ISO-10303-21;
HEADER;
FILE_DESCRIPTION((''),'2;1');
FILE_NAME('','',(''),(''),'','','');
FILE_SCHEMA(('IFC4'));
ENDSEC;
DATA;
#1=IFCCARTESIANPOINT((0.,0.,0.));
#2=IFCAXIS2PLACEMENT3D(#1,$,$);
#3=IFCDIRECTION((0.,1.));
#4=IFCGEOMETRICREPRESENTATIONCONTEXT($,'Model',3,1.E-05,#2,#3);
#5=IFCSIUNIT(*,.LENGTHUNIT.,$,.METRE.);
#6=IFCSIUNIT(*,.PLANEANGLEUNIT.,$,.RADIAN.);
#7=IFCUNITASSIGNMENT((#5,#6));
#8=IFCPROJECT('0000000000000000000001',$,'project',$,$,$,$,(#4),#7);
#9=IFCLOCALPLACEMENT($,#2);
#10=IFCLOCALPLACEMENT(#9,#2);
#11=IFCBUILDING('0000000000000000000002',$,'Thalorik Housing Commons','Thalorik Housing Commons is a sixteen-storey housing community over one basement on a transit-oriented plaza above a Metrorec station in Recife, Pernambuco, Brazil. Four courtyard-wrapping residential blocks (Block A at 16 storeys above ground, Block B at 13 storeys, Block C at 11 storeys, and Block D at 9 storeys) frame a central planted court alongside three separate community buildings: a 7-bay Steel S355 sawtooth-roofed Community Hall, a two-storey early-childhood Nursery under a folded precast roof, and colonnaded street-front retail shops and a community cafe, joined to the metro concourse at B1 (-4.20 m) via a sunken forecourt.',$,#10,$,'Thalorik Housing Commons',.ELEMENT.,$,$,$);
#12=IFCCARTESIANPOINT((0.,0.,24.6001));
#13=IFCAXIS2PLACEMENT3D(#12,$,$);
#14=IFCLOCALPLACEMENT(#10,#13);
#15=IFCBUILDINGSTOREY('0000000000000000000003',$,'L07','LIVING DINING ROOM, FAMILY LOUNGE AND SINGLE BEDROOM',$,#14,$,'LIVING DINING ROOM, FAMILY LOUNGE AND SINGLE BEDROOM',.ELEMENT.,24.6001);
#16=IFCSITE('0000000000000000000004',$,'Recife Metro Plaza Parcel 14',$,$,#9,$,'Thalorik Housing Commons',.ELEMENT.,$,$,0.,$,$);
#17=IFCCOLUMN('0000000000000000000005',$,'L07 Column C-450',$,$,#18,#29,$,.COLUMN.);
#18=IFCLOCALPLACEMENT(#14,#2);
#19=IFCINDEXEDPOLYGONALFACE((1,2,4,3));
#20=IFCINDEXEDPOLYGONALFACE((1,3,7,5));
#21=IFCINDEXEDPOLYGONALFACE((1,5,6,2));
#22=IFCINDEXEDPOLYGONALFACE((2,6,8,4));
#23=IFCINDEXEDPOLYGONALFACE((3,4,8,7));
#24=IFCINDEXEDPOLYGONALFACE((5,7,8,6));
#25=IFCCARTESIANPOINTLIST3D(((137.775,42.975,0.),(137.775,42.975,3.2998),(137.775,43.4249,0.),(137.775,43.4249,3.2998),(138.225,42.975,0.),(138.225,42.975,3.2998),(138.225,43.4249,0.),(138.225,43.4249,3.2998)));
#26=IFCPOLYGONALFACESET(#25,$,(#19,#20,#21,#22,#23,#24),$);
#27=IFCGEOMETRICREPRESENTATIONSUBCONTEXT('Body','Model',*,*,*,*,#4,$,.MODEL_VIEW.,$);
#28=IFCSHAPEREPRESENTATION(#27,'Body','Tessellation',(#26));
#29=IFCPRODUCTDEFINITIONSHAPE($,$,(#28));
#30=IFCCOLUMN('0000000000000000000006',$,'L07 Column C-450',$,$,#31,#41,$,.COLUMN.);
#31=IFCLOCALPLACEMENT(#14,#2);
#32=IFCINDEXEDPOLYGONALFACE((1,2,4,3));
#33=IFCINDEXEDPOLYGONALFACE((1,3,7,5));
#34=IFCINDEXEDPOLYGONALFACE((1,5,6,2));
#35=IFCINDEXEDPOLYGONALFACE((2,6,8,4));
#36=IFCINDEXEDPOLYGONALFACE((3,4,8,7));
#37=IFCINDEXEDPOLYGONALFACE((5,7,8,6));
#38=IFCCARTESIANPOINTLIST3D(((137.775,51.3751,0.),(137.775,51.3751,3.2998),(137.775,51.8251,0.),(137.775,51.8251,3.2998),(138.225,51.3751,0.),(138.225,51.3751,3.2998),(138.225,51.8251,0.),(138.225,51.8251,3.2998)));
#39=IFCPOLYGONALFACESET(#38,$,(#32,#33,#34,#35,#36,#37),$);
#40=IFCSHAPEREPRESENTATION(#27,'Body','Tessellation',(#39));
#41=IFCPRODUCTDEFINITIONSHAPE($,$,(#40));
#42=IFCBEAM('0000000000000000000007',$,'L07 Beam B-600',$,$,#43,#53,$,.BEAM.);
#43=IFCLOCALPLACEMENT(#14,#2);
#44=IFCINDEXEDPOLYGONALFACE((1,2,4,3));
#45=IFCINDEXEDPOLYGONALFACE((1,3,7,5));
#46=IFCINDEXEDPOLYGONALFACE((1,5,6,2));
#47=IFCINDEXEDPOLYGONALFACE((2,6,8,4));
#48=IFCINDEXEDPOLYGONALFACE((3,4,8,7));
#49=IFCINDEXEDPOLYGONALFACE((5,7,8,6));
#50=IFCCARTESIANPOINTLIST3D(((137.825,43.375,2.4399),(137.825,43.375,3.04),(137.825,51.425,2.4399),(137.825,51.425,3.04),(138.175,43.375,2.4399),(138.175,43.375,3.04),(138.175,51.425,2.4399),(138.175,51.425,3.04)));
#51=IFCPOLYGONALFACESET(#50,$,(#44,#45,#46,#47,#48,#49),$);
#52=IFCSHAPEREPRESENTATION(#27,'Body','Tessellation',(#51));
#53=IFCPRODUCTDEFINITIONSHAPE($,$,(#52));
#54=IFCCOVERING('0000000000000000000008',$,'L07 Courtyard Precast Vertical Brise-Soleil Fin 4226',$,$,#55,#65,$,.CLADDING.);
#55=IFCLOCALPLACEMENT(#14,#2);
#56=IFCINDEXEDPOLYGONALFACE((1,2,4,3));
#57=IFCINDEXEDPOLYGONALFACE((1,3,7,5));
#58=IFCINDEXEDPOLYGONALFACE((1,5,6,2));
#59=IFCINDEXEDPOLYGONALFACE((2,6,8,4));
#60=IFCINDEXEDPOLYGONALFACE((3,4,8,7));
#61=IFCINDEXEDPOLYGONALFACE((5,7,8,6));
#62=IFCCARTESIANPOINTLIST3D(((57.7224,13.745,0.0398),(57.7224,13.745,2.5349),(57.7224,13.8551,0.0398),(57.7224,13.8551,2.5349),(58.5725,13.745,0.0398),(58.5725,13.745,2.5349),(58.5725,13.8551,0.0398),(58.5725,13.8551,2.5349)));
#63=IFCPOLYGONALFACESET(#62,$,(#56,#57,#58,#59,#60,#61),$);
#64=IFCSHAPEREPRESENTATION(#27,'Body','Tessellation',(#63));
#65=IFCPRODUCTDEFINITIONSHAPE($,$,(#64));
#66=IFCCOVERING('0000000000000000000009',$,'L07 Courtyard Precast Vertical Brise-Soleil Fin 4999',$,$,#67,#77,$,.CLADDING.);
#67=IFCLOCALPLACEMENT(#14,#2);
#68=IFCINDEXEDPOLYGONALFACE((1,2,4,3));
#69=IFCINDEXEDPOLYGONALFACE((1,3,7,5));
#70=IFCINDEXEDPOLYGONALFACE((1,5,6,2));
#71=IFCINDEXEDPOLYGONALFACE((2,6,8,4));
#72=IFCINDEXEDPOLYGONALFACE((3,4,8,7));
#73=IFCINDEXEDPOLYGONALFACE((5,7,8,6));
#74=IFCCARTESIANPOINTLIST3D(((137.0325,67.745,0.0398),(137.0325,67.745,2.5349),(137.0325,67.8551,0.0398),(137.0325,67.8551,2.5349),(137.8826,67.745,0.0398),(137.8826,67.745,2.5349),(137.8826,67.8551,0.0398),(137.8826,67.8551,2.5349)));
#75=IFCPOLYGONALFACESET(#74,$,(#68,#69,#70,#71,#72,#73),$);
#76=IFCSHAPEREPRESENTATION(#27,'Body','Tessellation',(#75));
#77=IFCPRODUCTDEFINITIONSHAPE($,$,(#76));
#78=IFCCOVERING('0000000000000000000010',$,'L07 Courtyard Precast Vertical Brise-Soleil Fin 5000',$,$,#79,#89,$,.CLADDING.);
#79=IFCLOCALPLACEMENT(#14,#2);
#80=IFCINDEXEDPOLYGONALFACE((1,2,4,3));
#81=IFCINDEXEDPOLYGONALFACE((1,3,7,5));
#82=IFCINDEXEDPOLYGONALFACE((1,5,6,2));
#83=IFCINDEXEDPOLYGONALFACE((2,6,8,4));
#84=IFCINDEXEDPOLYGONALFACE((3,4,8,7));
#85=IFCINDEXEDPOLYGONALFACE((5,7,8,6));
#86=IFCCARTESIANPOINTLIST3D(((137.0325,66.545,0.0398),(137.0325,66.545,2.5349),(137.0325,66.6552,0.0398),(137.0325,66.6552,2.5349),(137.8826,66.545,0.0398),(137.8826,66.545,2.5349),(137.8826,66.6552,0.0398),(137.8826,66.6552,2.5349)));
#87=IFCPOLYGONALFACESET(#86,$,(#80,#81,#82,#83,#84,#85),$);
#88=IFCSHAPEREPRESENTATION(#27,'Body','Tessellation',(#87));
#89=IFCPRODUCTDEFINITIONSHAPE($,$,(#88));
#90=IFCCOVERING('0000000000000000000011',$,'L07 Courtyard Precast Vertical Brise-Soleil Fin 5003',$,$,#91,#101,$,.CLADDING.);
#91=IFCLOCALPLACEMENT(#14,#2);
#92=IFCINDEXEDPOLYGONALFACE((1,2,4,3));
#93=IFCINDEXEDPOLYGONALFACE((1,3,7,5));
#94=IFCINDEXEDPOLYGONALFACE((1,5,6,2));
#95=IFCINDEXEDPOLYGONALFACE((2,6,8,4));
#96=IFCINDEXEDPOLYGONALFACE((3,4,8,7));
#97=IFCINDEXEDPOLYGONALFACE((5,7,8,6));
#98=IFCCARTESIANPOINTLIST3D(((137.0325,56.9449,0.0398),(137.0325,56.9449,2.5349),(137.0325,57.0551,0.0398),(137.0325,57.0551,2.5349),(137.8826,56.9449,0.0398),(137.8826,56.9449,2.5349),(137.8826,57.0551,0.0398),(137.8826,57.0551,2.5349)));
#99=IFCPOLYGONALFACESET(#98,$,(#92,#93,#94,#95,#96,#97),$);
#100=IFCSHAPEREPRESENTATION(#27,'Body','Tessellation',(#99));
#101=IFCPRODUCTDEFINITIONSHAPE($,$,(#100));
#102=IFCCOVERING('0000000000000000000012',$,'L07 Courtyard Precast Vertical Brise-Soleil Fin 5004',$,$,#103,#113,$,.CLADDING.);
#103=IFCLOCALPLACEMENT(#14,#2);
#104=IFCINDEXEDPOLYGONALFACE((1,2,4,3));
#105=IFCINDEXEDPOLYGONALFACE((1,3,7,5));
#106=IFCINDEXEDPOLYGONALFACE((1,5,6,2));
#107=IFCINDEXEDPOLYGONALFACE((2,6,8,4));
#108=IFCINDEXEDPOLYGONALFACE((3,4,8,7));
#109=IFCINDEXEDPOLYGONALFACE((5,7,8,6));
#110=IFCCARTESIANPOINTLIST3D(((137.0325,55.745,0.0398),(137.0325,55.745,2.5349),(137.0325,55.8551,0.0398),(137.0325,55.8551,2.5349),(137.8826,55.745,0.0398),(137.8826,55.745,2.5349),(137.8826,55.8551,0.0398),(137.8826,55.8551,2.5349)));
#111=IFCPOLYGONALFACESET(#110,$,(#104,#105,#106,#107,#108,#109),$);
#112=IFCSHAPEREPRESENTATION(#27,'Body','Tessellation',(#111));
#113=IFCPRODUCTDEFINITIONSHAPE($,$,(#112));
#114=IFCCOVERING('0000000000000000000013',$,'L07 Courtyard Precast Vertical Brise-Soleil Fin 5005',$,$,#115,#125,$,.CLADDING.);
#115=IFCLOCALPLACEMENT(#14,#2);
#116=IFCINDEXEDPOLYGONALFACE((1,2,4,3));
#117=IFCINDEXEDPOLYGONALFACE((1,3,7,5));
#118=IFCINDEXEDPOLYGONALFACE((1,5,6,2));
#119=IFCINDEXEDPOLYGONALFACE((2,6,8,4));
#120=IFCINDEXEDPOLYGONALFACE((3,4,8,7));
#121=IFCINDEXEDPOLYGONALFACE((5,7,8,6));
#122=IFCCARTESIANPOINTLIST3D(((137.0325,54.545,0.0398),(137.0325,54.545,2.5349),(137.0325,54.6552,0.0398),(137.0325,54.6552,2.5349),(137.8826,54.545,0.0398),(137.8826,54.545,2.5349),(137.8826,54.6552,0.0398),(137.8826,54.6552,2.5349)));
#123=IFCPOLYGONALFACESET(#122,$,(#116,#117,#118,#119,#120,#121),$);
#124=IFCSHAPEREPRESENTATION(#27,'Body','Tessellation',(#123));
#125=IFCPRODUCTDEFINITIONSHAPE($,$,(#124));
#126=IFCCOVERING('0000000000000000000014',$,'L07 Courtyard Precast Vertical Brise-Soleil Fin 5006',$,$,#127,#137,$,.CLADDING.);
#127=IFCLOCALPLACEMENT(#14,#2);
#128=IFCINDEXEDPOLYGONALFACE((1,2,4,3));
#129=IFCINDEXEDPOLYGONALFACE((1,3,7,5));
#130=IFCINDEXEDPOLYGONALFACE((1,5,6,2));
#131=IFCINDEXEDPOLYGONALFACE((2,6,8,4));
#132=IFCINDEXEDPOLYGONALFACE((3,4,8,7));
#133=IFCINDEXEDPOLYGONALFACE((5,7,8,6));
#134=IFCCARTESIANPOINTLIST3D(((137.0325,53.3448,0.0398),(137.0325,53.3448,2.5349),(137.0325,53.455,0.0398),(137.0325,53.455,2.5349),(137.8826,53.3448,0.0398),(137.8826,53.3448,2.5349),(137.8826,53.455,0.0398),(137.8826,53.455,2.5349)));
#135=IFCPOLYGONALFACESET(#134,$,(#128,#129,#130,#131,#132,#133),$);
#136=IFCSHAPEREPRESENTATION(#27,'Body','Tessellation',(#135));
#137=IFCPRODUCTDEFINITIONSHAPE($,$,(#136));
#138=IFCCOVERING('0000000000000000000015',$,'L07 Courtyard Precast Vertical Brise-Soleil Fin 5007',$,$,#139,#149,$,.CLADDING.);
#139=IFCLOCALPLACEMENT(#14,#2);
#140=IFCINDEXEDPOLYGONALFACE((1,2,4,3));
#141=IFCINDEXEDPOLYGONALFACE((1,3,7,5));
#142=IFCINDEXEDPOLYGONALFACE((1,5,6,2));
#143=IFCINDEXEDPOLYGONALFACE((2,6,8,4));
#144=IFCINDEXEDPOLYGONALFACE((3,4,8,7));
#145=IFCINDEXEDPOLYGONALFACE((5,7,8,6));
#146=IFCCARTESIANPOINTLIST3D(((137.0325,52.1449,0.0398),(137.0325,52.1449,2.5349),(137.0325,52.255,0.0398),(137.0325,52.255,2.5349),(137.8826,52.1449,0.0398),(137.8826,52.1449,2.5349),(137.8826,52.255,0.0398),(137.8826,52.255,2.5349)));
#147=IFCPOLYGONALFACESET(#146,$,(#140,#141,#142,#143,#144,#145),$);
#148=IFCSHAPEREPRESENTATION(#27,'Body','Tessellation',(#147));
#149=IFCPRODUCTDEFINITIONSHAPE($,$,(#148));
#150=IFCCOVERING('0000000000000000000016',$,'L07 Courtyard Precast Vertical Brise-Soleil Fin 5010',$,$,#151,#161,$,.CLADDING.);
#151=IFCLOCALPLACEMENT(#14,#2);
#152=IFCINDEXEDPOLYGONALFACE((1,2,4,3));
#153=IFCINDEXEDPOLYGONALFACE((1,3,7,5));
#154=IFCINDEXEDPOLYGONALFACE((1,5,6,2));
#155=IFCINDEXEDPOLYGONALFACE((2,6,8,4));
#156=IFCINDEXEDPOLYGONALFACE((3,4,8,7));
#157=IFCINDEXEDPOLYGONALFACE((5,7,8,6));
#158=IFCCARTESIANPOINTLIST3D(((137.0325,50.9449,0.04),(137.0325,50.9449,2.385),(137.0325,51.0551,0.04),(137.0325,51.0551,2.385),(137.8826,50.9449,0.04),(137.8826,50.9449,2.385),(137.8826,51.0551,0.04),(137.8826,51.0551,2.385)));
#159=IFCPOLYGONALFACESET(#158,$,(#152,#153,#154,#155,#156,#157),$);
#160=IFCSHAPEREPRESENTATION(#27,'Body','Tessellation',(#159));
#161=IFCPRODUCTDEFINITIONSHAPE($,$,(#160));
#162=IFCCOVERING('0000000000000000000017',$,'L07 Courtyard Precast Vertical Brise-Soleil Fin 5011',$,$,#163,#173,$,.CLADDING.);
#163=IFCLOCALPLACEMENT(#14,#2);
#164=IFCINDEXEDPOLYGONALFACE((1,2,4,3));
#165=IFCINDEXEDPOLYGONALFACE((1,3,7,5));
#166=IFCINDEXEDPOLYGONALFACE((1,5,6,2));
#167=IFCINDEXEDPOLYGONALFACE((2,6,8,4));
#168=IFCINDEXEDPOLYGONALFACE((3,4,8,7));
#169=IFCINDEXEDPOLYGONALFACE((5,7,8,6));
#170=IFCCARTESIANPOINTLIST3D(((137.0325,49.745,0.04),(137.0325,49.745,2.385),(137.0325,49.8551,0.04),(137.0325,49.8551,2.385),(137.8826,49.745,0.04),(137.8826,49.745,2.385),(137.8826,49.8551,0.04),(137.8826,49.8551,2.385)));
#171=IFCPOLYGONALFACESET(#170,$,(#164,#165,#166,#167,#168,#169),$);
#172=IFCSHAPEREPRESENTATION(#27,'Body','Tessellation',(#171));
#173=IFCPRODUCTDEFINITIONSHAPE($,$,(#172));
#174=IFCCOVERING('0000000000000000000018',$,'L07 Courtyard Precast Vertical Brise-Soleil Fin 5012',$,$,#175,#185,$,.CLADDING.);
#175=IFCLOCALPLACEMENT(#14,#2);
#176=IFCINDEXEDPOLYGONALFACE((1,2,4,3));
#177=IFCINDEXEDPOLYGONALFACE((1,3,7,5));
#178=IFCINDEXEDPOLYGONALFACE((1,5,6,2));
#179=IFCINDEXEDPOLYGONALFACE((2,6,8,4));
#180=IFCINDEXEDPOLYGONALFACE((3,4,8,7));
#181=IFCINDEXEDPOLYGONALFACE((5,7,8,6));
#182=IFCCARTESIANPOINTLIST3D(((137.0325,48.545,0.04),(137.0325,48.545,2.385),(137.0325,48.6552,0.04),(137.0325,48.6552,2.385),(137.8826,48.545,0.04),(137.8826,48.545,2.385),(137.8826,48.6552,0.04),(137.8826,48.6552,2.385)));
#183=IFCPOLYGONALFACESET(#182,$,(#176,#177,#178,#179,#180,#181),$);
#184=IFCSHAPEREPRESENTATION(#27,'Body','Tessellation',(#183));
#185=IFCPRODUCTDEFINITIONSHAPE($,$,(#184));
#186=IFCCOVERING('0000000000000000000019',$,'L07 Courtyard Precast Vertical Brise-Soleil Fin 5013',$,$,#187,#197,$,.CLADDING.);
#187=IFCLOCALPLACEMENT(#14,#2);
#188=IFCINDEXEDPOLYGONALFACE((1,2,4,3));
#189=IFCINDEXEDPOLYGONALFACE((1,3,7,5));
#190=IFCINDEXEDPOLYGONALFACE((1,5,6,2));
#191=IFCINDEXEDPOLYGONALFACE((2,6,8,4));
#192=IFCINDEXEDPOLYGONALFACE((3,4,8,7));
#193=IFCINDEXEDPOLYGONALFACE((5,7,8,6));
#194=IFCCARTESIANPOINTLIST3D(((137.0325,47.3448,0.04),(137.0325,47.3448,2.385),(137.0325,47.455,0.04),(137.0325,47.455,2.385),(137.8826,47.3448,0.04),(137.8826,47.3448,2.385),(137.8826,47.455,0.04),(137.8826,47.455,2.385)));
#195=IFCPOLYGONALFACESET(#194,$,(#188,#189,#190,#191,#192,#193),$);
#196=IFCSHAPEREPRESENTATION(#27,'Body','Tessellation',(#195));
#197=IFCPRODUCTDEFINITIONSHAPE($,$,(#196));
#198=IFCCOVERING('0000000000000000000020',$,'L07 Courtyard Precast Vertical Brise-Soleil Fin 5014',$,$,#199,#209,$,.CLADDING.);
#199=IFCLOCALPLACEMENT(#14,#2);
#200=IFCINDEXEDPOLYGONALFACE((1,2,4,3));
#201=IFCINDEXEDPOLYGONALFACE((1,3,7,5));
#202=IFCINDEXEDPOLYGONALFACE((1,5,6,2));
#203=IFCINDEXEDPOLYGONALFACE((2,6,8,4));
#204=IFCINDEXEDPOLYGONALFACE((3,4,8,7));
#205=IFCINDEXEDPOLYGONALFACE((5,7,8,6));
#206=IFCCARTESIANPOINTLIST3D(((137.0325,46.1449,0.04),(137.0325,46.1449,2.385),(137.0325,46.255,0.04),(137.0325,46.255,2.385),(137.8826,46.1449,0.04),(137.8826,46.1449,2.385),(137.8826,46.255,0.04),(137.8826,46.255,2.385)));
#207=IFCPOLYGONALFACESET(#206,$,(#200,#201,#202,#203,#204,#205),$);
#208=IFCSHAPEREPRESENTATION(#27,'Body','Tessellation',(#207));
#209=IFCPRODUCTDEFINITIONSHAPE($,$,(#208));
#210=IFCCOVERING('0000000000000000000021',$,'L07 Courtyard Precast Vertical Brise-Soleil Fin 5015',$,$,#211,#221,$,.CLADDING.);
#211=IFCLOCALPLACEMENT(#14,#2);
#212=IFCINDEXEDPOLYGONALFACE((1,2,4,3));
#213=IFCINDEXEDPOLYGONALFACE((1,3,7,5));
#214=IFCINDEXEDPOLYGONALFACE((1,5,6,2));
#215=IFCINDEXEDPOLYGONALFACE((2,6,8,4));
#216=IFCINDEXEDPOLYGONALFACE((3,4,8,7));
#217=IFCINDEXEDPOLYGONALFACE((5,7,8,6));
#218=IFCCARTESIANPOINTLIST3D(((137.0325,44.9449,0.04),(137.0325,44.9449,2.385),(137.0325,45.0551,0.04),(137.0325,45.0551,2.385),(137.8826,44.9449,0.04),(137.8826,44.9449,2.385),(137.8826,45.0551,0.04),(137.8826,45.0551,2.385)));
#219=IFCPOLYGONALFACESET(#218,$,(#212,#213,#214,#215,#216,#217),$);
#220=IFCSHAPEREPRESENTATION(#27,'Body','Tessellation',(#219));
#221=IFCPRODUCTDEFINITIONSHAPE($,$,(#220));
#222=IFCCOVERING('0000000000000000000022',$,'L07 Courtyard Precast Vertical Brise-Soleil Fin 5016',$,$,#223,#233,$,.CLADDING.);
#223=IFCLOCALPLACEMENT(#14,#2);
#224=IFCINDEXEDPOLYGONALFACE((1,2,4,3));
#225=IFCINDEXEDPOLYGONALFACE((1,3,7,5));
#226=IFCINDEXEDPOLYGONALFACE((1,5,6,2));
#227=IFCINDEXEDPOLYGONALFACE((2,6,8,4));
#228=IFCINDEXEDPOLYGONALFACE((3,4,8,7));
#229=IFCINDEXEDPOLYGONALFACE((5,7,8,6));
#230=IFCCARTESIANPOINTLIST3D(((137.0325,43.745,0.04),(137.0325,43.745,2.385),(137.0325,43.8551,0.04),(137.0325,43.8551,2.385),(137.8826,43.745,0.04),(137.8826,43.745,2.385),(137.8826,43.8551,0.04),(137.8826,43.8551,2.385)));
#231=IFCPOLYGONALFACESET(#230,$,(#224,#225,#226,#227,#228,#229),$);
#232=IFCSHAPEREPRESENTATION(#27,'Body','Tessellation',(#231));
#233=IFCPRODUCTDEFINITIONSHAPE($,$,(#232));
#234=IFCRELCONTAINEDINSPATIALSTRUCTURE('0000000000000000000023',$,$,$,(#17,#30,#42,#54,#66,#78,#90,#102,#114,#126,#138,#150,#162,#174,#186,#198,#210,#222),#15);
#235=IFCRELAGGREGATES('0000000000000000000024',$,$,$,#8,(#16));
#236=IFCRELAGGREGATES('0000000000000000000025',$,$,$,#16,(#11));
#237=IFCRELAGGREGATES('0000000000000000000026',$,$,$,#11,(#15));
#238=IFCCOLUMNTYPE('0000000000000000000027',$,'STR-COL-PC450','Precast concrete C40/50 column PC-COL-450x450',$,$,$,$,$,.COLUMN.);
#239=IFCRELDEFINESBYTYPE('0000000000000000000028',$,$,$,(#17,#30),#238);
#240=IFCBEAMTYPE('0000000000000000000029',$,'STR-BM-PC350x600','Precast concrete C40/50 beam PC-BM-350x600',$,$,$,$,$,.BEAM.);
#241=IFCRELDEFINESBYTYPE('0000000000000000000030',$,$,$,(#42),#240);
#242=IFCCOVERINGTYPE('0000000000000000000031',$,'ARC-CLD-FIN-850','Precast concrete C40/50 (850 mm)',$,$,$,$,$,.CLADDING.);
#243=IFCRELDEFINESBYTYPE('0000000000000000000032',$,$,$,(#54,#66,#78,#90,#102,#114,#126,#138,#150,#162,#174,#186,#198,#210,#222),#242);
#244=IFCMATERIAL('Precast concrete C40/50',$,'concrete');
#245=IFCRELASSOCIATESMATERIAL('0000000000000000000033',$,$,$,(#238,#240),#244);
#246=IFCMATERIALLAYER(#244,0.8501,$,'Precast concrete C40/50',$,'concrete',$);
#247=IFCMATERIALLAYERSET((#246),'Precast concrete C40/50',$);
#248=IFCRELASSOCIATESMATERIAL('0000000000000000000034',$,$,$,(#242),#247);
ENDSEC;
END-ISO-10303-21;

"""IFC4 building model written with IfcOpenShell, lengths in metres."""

from ifc_helpers import new_model, si_unit, direction, frame, origin, origin_2d, place, context, subcontext, project, spatial, rectangle, extrude, material, layer, layer_set, material_profile, profile_set, type_object, element, save


model = new_model("IFC4")

# Units and contexts
model_context = context("Model", 3, precision=1e-05, world=origin(), true_north=direction((0.0, 1.0)))
body_context = subcontext(model_context, "Body", "Model", "MODEL_VIEW")
ifc_project = project(units=[si_unit("LENGTHUNIT", "METRE"), si_unit("PLANEANGLEUNIT", "RADIAN")], contexts=[model_context])

# Site, building, storey
site_placement = place(None, origin())
site = spatial("IfcSite", under=ifc_project, at=site_placement, Name="Recife Metro Plaza Parcel 14", LongName="Thalorik Housing Commons", CompositionType="ELEMENT", RefElevation=0.0)
building_placement = place(site_placement, origin())
building = spatial("IfcBuilding", under=site, at=building_placement, Name="Thalorik Housing Commons", Description="Thalorik Housing Commons is a sixteen-storey housing community over one basement on a transit-oriented plaza above a Metrorec station in Recife, Pernambuco, Brazil. Four courtyard-wrapping residential blocks (Block A at 16 storeys above ground, Block B at 13 storeys, Block C at 11 storeys, and Block D at 9 storeys) frame a central planted court alongside three separate community buildings: a 7-bay Steel S355 sawtooth-roofed Community Hall, a two-storey early-childhood Nursery under a folded precast roof, and colonnaded street-front retail shops and a community cafe, joined to the metro concourse at B1 (-4.20 m) via a sunken forecourt.", LongName="Thalorik Housing Commons", CompositionType="ELEMENT")
storey_placement = place(building_placement, frame((0.0, 0.0, 24.6001)))
storey = spatial("IfcBuildingStorey", under=building, at=storey_placement, Name="L07", Description="LIVING DINING ROOM, FAMILY LOUNGE AND SINGLE BEDROOM", LongName="LIVING DINING ROOM, FAMILY LOUNGE AND SINGLE BEDROOM", CompositionType="ELEMENT", Elevation=24.6001)

# Columns
ifc_material_1 = material(Name="Precast concrete C40/50", Category="concrete")
ifc_material_profile_1 = material_profile(ifc_material_1, rectangle(XDim=0.45, YDim=0.45, at=origin_2d()), Name="PC 450x450", Category="concrete")
ifc_profile_set_1 = profile_set([ifc_material_profile_1], Name="Precast concrete C40/50")
column_type = type_object("IfcColumnType", Name="STR-COL-PC450", Description="Precast concrete C40/50 column PC-COL-450x450", PredefinedType="COLUMN", material=ifc_profile_set_1)
for number, where, z_axis, x_axis, name in (
    (1, (138.0, 43.2, 0.0), (0.0, 0.0, 1.0), (1.0, 0.0, 0.0), "L07 Column C-450"),
    (2, (138.0, 51.6001, 0.0), (0.0, 0.0, 1.0), (1.0, 0.0, 0.0), "L07 Column C-450"),
):
    element("IfcColumn", number, at=place(storey_placement, frame(where, z_axis=z_axis, x_axis=x_axis)), inside=storey, type_object=column_type, Name=name, PredefinedType="COLUMN", context=body_context, shape_type="SweptSolid", body=[
        extrude(rectangle(XDim=0.45, YDim=0.45, at=origin_2d()), origin(), (0.0, 0.0, 1.0), 3.2998),
    ])

# Beam
ifc_material_profile_2 = material_profile(ifc_material_1, rectangle(XDim=0.3501, YDim=0.6001, at=origin_2d()), Name="PC 350x600", Category="concrete")
ifc_profile_set_2 = profile_set([ifc_material_profile_2], Name="Precast concrete C40/50")
beam_type = type_object("IfcBeamType", Name="STR-BM-PC350x600", Description="Precast concrete C40/50 beam PC-BM-350x600", PredefinedType="BEAM", material=ifc_profile_set_2)
beam_placement = place(storey_placement, frame((138.0, 43.375, 2.74), z_axis=(0.0, 1.0, 0.0), x_axis=(-1.0, 0.0, 0.0)))
element("IfcBeam", 3, at=beam_placement, inside=storey, type_object=beam_type, Name="L07 Beam B-600", PredefinedType="BEAM", context=body_context, shape_type="SweptSolid", body=[
    extrude(rectangle(XDim=0.3501, YDim=0.6001, at=origin_2d()), origin(), (0.0, 0.0, 1.0), 8.05),
])

# Coverings
ifc_layer_1 = layer(ifc_material_1, 0.8501, Name="Precast concrete C40/50", Category="concrete")
ifc_layer_set_1 = layer_set([ifc_layer_1], Name="Precast concrete C40/50")
covering_type_1 = type_object("IfcCoveringType", Name="ARC-CLD-FIN-850", Description="Precast concrete C40/50 (850 mm)", PredefinedType="CLADDING", material=ifc_layer_set_1)
for number, where, z_axis, x_axis, name in (
    (4, (58.1475, 13.8, 0.0398), (0.0, 0.0, 1.0), (0.0, 1.0, 0.0), "L07 Courtyard Precast Vertical Brise-Soleil Fin 4226"),
    (5, (137.4575, 67.8, 0.0398), (0.0, 0.0, 1.0), (0.0, -1.0, 0.0), "L07 Courtyard Precast Vertical Brise-Soleil Fin 4999"),
    (6, (137.4575, 66.6001, 0.0398), (0.0, 0.0, 1.0), (0.0, -1.0, 0.0), "L07 Courtyard Precast Vertical Brise-Soleil Fin 5000"),
    (7, (137.4575, 57.0, 0.0398), (0.0, 0.0, 1.0), (0.0, -1.0, 0.0), "L07 Courtyard Precast Vertical Brise-Soleil Fin 5003"),
    (8, (137.4575, 55.8, 0.0398), (0.0, 0.0, 1.0), (0.0, -1.0, 0.0), "L07 Courtyard Precast Vertical Brise-Soleil Fin 5004"),
    (9, (137.4575, 54.6001, 0.0398), (0.0, 0.0, 1.0), (0.0, -1.0, 0.0), "L07 Courtyard Precast Vertical Brise-Soleil Fin 5005"),
    (10, (137.4575, 53.3999, 0.0398), (0.0, 0.0, 1.0), (0.0, -1.0, 0.0), "L07 Courtyard Precast Vertical Brise-Soleil Fin 5006"),
    (11, (137.4575, 52.2, 0.0398), (0.0, 0.0, 1.0), (0.0, -1.0, 0.0), "L07 Courtyard Precast Vertical Brise-Soleil Fin 5007"),
):
    element("IfcCovering", number, at=place(storey_placement, frame(where, z_axis=z_axis, x_axis=x_axis)), inside=storey, type_object=covering_type_1, Name=name, PredefinedType="CLADDING", context=body_context, shape_type="SweptSolid", body=[
        extrude(rectangle(XDim=0.1101, YDim=0.8501, at=origin_2d()), origin(), (0.0, 0.0, 1.0), 2.4951),
    ])
for number, where, z_axis, x_axis, name in (
    (12, (137.4575, 51.0, 0.04), (0.0, 0.0, 1.0), (0.0, -1.0, 0.0), "L07 Courtyard Precast Vertical Brise-Soleil Fin 5010"),
    (13, (137.4575, 49.8, 0.04), (0.0, 0.0, 1.0), (0.0, -1.0, 0.0), "L07 Courtyard Precast Vertical Brise-Soleil Fin 5011"),
    (14, (137.4575, 48.6001, 0.04), (0.0, 0.0, 1.0), (0.0, -1.0, 0.0), "L07 Courtyard Precast Vertical Brise-Soleil Fin 5012"),
    (15, (137.4575, 47.3999, 0.04), (0.0, 0.0, 1.0), (0.0, -1.0, 0.0), "L07 Courtyard Precast Vertical Brise-Soleil Fin 5013"),
    (16, (137.4575, 46.2, 0.04), (0.0, 0.0, 1.0), (0.0, -1.0, 0.0), "L07 Courtyard Precast Vertical Brise-Soleil Fin 5014"),
    (17, (137.4575, 45.0, 0.04), (0.0, 0.0, 1.0), (0.0, -1.0, 0.0), "L07 Courtyard Precast Vertical Brise-Soleil Fin 5015"),
    (18, (137.4575, 43.8, 0.04), (0.0, 0.0, 1.0), (0.0, -1.0, 0.0), "L07 Courtyard Precast Vertical Brise-Soleil Fin 5016"),
):
    element("IfcCovering", number, at=place(storey_placement, frame(where, z_axis=z_axis, x_axis=x_axis)), inside=storey, type_object=covering_type_1, Name=name, PredefinedType="CLADDING", context=body_context, shape_type="SweptSolid", body=[
        extrude(rectangle(XDim=0.1101, YDim=0.8501, at=origin_2d()), origin(), (0.0, 0.0, 1.0), 2.345),
    ])

save(model, "model.ifc")
